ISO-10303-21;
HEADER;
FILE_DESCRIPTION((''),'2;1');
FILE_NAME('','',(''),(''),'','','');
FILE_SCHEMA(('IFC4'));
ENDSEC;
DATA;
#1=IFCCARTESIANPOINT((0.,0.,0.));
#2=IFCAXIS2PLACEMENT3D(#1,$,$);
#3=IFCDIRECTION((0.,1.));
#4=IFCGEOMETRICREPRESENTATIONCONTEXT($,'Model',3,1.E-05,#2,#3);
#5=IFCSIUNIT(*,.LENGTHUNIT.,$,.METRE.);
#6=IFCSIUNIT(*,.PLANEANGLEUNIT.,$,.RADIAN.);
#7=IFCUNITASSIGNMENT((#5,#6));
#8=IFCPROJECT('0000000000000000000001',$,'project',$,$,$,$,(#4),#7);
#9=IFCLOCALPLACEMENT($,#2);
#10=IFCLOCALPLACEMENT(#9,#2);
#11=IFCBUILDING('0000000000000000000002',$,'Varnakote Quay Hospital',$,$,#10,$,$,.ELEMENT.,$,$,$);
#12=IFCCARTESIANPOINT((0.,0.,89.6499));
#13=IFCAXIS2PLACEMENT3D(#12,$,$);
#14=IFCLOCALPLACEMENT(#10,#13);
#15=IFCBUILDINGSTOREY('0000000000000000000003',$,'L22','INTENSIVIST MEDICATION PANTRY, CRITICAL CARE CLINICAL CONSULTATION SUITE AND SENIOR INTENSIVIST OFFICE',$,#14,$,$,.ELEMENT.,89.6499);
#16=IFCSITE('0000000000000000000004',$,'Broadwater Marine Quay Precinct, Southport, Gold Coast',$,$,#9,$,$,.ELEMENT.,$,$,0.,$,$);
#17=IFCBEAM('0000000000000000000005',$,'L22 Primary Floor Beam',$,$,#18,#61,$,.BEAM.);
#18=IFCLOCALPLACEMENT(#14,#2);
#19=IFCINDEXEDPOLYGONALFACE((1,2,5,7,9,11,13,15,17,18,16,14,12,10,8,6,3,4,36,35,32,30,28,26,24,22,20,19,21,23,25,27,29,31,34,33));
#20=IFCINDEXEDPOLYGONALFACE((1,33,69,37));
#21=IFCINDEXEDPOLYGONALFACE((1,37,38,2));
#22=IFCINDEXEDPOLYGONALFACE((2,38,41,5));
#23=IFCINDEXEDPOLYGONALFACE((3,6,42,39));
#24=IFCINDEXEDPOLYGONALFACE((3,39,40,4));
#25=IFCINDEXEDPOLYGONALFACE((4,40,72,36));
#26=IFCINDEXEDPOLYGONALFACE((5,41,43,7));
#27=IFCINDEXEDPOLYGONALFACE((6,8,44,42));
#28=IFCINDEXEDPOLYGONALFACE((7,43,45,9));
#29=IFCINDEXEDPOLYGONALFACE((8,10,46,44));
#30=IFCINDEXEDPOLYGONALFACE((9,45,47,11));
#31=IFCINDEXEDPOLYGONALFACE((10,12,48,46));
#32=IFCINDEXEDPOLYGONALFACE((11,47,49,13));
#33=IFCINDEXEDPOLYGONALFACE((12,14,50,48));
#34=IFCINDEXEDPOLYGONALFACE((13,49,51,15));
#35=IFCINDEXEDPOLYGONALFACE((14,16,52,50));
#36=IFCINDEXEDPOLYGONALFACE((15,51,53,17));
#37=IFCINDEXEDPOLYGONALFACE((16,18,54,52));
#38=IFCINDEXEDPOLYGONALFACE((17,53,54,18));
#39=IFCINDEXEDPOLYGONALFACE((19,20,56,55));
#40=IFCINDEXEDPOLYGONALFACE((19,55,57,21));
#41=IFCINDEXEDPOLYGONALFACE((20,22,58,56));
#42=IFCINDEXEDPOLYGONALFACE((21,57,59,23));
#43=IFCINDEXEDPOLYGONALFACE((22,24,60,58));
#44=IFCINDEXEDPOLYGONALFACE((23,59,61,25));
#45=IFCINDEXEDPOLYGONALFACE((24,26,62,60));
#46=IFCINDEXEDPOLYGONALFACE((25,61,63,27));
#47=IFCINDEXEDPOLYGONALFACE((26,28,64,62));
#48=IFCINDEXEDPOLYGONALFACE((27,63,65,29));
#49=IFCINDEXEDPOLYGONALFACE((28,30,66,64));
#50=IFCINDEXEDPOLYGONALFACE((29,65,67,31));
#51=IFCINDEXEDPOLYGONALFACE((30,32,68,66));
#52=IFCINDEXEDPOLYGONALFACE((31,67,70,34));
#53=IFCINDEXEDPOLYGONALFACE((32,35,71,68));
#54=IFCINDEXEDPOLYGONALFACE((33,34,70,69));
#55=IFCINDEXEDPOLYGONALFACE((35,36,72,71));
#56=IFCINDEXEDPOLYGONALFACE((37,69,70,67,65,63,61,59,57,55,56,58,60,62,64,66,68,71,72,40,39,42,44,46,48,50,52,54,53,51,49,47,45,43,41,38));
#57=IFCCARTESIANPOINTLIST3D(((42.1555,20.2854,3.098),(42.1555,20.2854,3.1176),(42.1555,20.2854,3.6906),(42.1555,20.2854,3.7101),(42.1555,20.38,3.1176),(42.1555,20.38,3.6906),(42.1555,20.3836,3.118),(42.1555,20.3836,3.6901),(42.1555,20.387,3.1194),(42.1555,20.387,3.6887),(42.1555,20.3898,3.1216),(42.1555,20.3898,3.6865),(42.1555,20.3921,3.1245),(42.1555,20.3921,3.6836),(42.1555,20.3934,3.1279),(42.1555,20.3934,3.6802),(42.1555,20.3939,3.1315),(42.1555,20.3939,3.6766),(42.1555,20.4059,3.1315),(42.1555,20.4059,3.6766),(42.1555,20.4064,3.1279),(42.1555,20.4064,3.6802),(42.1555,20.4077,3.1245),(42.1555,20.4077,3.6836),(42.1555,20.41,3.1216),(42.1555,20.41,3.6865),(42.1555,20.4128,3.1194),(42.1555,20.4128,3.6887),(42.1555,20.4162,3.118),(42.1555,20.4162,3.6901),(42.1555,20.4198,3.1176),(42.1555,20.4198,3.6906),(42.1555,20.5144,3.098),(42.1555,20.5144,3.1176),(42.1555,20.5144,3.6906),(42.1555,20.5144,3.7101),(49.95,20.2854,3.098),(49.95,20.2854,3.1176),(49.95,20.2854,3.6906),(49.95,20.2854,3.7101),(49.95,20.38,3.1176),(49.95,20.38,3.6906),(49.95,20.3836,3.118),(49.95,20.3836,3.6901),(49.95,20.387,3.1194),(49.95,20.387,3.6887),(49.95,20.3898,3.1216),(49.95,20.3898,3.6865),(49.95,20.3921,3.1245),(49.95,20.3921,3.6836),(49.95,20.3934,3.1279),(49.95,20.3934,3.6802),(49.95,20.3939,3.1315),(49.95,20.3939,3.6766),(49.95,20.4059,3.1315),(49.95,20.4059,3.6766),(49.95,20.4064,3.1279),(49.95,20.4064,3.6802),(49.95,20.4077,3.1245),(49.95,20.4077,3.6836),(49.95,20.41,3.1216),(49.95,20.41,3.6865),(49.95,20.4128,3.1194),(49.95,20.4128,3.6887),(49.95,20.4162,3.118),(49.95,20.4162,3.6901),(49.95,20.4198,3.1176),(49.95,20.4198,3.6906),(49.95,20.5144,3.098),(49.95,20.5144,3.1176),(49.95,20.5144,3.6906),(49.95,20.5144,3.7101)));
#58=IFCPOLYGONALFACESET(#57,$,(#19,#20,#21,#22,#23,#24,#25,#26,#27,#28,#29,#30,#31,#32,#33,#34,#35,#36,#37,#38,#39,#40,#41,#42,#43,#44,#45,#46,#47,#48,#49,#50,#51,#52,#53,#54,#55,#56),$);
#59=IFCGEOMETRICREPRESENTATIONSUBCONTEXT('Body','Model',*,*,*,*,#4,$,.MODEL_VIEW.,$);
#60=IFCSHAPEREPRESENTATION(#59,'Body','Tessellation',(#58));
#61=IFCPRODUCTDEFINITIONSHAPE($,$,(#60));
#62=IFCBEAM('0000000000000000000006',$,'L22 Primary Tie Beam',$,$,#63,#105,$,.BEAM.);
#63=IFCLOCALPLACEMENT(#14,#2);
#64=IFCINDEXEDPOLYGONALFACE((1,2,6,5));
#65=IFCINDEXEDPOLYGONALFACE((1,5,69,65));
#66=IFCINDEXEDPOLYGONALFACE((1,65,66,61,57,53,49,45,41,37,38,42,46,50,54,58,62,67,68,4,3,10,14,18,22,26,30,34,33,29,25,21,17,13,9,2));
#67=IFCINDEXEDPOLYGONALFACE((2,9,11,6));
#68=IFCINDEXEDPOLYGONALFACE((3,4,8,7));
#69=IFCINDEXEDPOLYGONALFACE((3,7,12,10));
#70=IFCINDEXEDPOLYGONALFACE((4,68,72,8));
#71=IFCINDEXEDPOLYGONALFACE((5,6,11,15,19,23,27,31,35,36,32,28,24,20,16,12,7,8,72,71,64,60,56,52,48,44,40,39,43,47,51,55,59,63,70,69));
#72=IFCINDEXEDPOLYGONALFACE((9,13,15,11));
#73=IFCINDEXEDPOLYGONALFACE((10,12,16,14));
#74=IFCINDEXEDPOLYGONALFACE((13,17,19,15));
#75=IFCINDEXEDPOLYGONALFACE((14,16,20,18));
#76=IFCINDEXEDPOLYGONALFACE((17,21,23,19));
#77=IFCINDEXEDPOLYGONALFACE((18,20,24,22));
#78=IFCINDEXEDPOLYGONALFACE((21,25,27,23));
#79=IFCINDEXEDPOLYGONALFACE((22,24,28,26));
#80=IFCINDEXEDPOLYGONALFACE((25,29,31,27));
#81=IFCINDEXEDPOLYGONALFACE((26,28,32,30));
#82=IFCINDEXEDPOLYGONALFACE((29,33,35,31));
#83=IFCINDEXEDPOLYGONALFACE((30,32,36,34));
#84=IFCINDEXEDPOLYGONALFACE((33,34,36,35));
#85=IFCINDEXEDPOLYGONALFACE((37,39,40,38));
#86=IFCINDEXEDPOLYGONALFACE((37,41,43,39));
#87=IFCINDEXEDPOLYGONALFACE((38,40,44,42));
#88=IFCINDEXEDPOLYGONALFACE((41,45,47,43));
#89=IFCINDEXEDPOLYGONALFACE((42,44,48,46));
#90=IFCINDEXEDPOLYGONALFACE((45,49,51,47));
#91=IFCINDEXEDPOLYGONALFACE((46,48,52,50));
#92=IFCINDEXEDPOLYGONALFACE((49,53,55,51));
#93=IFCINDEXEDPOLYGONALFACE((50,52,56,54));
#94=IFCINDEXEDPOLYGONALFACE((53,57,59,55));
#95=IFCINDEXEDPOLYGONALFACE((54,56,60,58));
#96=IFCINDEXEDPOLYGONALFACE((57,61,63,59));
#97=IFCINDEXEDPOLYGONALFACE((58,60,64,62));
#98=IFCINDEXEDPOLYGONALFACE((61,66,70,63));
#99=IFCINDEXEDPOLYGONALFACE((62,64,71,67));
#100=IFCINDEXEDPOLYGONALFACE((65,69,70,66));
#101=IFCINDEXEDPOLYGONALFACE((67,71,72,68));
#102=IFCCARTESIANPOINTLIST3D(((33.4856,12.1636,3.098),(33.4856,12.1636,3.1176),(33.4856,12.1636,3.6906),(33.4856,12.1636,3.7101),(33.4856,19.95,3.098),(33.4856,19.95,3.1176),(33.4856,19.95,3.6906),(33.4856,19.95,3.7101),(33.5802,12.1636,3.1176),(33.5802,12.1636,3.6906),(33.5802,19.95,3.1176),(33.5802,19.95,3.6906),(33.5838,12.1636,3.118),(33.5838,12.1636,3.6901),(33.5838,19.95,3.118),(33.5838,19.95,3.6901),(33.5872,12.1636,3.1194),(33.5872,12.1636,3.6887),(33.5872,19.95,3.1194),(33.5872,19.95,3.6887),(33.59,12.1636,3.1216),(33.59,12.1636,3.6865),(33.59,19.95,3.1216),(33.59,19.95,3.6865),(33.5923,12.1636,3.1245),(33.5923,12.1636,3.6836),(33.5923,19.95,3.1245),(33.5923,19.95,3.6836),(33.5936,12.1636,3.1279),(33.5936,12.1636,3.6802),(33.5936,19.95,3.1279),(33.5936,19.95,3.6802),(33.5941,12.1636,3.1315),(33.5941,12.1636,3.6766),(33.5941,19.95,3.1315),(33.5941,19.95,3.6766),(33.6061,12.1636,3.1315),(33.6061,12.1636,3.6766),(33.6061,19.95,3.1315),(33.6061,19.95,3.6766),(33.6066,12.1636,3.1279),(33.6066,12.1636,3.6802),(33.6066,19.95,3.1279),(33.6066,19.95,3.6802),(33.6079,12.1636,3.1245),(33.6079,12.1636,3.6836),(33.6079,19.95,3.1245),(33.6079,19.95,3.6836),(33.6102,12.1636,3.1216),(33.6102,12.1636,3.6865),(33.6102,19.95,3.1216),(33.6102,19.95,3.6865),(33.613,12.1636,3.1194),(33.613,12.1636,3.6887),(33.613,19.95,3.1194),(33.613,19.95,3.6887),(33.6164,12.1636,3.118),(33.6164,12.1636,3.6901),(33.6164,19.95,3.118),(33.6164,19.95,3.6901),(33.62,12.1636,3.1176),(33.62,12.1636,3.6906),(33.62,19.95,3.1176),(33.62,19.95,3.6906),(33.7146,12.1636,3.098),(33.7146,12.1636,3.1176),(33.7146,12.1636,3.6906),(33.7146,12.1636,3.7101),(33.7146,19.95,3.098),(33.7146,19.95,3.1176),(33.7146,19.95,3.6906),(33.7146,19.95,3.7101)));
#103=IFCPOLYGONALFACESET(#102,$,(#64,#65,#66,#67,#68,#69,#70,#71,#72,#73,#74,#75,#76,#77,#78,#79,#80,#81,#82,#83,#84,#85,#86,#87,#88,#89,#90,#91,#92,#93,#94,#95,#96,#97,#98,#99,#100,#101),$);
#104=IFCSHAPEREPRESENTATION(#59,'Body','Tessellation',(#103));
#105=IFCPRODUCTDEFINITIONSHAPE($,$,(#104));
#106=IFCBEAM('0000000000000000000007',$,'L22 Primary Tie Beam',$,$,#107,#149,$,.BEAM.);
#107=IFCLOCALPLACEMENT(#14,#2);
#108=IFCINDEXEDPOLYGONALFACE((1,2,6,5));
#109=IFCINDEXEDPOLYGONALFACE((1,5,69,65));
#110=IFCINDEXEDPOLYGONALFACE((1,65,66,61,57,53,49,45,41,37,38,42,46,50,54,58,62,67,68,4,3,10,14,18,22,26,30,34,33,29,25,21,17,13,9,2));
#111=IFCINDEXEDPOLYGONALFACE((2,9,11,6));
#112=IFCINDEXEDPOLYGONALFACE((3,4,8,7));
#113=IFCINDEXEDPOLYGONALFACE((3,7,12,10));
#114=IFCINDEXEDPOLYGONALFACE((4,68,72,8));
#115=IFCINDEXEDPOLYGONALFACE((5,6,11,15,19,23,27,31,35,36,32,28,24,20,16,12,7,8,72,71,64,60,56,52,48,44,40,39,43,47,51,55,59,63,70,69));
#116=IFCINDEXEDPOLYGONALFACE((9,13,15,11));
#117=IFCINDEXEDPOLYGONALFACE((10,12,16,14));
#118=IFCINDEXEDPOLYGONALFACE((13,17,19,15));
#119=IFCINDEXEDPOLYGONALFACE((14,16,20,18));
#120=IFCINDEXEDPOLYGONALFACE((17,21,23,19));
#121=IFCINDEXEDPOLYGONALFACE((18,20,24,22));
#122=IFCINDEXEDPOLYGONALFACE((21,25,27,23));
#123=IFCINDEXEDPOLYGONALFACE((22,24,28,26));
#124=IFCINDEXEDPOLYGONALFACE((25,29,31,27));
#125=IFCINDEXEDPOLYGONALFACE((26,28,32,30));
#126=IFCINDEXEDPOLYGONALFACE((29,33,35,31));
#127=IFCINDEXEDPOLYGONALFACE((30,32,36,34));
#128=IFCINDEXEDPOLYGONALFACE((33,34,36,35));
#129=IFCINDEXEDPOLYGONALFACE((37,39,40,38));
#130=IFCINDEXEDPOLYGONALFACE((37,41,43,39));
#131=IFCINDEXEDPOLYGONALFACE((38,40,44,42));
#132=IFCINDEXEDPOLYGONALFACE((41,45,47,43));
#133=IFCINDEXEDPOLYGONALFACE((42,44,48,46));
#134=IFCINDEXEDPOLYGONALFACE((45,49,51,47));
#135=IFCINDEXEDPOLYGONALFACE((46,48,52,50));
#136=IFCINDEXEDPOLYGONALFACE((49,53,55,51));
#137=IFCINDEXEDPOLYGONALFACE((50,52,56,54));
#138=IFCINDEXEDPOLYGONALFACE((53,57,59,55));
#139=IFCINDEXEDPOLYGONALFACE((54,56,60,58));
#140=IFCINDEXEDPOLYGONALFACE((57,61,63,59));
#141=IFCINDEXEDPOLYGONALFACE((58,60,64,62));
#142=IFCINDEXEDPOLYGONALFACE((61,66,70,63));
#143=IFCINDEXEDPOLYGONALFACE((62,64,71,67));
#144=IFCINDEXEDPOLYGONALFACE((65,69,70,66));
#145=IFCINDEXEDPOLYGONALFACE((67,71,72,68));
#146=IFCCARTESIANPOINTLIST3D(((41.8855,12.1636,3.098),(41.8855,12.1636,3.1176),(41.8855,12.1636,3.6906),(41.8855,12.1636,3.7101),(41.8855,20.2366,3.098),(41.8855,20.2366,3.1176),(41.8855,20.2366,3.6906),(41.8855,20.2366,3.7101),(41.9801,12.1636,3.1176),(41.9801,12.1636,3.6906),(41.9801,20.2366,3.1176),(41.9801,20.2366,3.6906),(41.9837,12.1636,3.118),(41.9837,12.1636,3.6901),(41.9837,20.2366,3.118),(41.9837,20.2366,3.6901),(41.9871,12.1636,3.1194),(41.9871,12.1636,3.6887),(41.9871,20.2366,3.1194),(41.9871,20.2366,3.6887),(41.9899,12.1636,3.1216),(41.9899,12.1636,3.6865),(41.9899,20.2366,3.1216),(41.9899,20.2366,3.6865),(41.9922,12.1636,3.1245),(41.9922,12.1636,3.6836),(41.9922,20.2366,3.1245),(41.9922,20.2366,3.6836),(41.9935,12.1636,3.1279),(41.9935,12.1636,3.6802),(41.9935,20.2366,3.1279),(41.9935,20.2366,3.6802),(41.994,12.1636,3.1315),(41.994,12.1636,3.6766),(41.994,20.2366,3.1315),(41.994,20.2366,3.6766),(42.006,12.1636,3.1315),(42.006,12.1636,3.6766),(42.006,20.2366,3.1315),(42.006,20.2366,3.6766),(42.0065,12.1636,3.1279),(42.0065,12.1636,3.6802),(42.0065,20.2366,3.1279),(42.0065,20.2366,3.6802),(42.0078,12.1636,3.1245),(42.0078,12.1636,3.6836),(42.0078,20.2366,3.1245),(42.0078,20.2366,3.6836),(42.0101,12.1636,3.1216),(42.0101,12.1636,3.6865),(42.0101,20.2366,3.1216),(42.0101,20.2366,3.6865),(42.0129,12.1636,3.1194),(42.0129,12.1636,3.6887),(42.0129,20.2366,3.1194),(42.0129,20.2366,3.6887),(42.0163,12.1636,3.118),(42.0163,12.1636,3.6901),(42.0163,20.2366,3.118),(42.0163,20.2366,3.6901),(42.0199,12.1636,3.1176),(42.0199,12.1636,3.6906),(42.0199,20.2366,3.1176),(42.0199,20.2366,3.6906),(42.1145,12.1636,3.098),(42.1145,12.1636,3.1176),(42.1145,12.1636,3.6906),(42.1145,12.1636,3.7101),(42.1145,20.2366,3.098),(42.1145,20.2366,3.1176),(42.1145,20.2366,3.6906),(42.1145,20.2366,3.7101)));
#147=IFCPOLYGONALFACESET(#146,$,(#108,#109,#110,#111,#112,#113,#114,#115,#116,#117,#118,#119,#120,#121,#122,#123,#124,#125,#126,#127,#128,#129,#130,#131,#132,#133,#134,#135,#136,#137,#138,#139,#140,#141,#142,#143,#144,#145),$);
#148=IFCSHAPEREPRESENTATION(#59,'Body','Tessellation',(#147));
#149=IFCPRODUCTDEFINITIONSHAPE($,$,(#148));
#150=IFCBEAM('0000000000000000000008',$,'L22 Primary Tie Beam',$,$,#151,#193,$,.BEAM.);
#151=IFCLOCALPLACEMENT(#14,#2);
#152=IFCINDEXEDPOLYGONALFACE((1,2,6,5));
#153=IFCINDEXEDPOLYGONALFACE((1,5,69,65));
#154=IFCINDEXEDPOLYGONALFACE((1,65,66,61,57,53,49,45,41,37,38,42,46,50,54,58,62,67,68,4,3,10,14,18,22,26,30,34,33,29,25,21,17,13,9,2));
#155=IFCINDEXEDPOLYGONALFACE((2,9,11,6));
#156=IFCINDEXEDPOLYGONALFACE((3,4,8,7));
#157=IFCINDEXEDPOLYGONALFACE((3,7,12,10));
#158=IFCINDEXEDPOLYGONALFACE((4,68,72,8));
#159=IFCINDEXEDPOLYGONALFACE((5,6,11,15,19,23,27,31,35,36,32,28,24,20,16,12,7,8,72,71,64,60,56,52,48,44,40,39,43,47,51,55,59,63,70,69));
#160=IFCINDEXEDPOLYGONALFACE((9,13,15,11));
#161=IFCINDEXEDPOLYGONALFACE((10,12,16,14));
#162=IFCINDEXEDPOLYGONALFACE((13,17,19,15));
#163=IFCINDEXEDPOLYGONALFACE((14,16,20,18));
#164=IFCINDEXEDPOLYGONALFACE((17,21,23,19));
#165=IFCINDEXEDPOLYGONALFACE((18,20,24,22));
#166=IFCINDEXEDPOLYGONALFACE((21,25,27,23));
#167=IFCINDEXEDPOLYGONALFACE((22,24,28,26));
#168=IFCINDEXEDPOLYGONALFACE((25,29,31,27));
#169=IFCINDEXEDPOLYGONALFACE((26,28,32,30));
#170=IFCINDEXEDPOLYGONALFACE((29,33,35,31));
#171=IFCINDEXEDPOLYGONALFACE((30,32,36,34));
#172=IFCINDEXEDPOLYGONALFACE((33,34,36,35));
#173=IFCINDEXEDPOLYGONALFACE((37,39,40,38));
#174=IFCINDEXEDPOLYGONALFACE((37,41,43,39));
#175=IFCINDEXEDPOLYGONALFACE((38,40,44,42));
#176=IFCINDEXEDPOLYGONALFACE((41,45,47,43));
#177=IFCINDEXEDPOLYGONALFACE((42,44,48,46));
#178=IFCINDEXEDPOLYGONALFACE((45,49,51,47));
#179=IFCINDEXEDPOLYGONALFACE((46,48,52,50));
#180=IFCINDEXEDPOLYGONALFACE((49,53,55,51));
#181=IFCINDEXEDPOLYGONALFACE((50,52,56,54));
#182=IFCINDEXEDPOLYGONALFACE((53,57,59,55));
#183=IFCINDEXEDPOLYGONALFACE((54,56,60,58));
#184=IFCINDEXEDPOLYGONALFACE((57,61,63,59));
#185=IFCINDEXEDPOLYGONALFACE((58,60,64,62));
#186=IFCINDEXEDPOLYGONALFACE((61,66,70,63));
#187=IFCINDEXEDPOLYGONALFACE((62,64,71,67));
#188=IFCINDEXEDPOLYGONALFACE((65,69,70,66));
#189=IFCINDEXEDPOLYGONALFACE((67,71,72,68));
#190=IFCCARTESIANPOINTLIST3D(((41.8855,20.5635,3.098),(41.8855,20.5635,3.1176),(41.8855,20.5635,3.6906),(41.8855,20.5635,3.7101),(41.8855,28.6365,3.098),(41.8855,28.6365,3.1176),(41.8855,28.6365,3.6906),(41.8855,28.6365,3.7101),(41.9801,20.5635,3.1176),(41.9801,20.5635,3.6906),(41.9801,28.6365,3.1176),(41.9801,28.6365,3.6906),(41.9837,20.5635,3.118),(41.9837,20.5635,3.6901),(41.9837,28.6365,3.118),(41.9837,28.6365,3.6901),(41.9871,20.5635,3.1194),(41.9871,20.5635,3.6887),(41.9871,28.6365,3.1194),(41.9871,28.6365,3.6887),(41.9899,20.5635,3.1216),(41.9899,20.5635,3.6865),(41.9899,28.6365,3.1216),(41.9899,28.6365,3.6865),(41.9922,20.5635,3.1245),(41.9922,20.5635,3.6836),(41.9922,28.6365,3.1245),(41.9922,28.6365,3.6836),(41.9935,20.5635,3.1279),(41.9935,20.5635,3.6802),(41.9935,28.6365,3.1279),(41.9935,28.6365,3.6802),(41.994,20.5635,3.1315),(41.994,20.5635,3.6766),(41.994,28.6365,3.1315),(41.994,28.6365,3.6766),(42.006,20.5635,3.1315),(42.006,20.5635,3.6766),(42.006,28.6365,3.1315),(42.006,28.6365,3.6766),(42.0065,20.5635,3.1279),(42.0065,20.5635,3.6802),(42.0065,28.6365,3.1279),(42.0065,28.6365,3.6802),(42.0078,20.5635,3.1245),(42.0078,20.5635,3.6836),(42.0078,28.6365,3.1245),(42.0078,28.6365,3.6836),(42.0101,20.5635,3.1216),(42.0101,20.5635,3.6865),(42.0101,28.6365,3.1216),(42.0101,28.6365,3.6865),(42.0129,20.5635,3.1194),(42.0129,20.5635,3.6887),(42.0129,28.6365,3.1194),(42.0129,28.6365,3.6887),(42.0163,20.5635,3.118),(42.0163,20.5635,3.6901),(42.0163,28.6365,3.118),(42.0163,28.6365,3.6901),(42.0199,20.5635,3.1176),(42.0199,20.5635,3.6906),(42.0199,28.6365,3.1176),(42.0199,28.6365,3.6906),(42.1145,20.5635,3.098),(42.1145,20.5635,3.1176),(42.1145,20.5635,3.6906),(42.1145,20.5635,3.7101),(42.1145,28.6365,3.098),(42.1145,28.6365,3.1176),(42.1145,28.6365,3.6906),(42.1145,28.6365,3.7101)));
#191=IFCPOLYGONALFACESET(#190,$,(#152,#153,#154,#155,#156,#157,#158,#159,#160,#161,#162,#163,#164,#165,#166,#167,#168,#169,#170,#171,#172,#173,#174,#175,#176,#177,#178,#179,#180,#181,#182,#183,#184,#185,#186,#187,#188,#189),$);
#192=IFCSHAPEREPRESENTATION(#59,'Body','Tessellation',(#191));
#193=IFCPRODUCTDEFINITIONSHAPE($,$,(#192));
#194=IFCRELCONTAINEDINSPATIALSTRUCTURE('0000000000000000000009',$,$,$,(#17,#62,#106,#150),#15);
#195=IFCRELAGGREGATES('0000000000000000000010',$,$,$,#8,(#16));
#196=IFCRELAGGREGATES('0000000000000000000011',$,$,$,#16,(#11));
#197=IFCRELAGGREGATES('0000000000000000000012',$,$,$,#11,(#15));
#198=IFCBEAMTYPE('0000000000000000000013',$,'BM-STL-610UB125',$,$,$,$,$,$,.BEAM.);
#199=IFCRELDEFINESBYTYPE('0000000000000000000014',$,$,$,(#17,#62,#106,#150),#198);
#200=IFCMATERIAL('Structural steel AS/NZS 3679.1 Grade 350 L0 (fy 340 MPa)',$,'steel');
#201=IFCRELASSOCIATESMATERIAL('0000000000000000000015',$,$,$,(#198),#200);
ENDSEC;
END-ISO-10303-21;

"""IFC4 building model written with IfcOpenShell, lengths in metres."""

from ifc_helpers import new_model, si_unit, direction, frame, origin, origin_2d, place, context, subcontext, project, spatial, i_section, extrude, material, material_profile, profile_set, type_object, element, save


model = new_model("IFC4")

# Units and contexts
model_context = context("Model", 3, precision=1e-05, world=origin(), true_north=direction((0.0, 1.0)))
body_context = subcontext(model_context, "Body", "Model", "MODEL_VIEW")
ifc_project = project(units=[si_unit("LENGTHUNIT", "METRE"), si_unit("PLANEANGLEUNIT", "RADIAN")], contexts=[model_context])

# Site, building, storey
site_placement = place(None, origin())
site = spatial("IfcSite", under=ifc_project, at=site_placement, Name="Broadwater Marine Quay Precinct, Southport, Gold Coast", CompositionType="ELEMENT", RefElevation=0.0)
building_placement = place(site_placement, origin())
building = spatial("IfcBuilding", under=site, at=building_placement, Name="Varnakote Quay Hospital", CompositionType="ELEMENT")
storey_placement = place(building_placement, frame((0.0, 0.0, 89.6499)))
storey = spatial("IfcBuildingStorey", under=building, at=storey_placement, Name="L22", Description="INTENSIVIST MEDICATION PANTRY, CRITICAL CARE CLINICAL CONSULTATION SUITE AND SENIOR INTENSIVIST OFFICE", CompositionType="ELEMENT", Elevation=89.6499)

# Beams
ifc_material_1 = material(Name="Structural steel AS/NZS 3679.1 Grade 350 L0 (fy 340 MPa)", Category="steel")
ifc_material_profile_1 = material_profile(ifc_material_1, i_section(OverallWidth=0.229, OverallDepth=0.6121, WebThickness=0.012, FlangeThickness=0.0195, FilletRadius=0.0139, at=origin_2d()), Name="610UB125")
ifc_profile_set_1 = profile_set([ifc_material_profile_1], Name="Structural steel AS/NZS 3679.1 Grade 350 L0 (fy 340 MPa)")
beam_type_1 = type_object("IfcBeamType", Name="BM-STL-610UB125", PredefinedType="BEAM", material=ifc_profile_set_1)
for number, where, z_axis, x_axis, name in (
    (1, (42.1555, 20.3999, 3.4041), (1.0, 0.0, 0.0), (0.0, 1.0, 0.0), "L22 Primary Floor Beam"),
):
    element("IfcBeam", number, at=place(storey_placement, frame(where, z_axis=z_axis, x_axis=x_axis)), inside=storey, type_object=beam_type_1, Name=name, PredefinedType="BEAM", context=body_context, shape_type="SweptSolid", body=[
        extrude(i_section(OverallWidth=0.229, OverallDepth=0.6121, WebThickness=0.012, FlangeThickness=0.0195, FilletRadius=0.0139, at=origin_2d()), origin(), (0.0, 0.0, 1.0), 7.7944),
    ])
beam_1_placement = place(storey_placement, frame((33.6001, 12.1636, 3.4041), z_axis=(0.0, 1.0, 0.0), x_axis=(-1.0, 0.0, 0.0)))
element("IfcBeam", 2, at=beam_1_placement, inside=storey, type_object=beam_type_1, Name="L22 Primary Tie Beam", PredefinedType="BEAM", context=body_context, shape_type="SweptSolid", body=[
    extrude(i_section(OverallWidth=0.229, OverallDepth=0.6121, WebThickness=0.012, FlangeThickness=0.0195, FilletRadius=0.0139, at=origin_2d()), origin(), (0.0, 0.0, 1.0), 7.7864),
])
for number, where, z_axis, x_axis, name in (
    (3, (42.0, 12.1636, 3.4041), (0.0, 1.0, 0.0), (-1.0, 0.0, 0.0), "L22 Primary Tie Beam"),
    (4, (42.0, 20.5635, 3.4041), (0.0, 1.0, 0.0), (-1.0, 0.0, 0.0), "L22 Primary Tie Beam"),
):
    element("IfcBeam", number, at=place(storey_placement, frame(where, z_axis=z_axis, x_axis=x_axis)), inside=storey, type_object=beam_type_1, Name=name, PredefinedType="BEAM", context=body_context, shape_type="SweptSolid", body=[
        extrude(i_section(OverallWidth=0.229, OverallDepth=0.6121, WebThickness=0.012, FlangeThickness=0.0195, FilletRadius=0.0139, at=origin_2d()), origin(), (0.0, 0.0, 1.0), 8.073),
    ])

save(model, "model.ifc")
